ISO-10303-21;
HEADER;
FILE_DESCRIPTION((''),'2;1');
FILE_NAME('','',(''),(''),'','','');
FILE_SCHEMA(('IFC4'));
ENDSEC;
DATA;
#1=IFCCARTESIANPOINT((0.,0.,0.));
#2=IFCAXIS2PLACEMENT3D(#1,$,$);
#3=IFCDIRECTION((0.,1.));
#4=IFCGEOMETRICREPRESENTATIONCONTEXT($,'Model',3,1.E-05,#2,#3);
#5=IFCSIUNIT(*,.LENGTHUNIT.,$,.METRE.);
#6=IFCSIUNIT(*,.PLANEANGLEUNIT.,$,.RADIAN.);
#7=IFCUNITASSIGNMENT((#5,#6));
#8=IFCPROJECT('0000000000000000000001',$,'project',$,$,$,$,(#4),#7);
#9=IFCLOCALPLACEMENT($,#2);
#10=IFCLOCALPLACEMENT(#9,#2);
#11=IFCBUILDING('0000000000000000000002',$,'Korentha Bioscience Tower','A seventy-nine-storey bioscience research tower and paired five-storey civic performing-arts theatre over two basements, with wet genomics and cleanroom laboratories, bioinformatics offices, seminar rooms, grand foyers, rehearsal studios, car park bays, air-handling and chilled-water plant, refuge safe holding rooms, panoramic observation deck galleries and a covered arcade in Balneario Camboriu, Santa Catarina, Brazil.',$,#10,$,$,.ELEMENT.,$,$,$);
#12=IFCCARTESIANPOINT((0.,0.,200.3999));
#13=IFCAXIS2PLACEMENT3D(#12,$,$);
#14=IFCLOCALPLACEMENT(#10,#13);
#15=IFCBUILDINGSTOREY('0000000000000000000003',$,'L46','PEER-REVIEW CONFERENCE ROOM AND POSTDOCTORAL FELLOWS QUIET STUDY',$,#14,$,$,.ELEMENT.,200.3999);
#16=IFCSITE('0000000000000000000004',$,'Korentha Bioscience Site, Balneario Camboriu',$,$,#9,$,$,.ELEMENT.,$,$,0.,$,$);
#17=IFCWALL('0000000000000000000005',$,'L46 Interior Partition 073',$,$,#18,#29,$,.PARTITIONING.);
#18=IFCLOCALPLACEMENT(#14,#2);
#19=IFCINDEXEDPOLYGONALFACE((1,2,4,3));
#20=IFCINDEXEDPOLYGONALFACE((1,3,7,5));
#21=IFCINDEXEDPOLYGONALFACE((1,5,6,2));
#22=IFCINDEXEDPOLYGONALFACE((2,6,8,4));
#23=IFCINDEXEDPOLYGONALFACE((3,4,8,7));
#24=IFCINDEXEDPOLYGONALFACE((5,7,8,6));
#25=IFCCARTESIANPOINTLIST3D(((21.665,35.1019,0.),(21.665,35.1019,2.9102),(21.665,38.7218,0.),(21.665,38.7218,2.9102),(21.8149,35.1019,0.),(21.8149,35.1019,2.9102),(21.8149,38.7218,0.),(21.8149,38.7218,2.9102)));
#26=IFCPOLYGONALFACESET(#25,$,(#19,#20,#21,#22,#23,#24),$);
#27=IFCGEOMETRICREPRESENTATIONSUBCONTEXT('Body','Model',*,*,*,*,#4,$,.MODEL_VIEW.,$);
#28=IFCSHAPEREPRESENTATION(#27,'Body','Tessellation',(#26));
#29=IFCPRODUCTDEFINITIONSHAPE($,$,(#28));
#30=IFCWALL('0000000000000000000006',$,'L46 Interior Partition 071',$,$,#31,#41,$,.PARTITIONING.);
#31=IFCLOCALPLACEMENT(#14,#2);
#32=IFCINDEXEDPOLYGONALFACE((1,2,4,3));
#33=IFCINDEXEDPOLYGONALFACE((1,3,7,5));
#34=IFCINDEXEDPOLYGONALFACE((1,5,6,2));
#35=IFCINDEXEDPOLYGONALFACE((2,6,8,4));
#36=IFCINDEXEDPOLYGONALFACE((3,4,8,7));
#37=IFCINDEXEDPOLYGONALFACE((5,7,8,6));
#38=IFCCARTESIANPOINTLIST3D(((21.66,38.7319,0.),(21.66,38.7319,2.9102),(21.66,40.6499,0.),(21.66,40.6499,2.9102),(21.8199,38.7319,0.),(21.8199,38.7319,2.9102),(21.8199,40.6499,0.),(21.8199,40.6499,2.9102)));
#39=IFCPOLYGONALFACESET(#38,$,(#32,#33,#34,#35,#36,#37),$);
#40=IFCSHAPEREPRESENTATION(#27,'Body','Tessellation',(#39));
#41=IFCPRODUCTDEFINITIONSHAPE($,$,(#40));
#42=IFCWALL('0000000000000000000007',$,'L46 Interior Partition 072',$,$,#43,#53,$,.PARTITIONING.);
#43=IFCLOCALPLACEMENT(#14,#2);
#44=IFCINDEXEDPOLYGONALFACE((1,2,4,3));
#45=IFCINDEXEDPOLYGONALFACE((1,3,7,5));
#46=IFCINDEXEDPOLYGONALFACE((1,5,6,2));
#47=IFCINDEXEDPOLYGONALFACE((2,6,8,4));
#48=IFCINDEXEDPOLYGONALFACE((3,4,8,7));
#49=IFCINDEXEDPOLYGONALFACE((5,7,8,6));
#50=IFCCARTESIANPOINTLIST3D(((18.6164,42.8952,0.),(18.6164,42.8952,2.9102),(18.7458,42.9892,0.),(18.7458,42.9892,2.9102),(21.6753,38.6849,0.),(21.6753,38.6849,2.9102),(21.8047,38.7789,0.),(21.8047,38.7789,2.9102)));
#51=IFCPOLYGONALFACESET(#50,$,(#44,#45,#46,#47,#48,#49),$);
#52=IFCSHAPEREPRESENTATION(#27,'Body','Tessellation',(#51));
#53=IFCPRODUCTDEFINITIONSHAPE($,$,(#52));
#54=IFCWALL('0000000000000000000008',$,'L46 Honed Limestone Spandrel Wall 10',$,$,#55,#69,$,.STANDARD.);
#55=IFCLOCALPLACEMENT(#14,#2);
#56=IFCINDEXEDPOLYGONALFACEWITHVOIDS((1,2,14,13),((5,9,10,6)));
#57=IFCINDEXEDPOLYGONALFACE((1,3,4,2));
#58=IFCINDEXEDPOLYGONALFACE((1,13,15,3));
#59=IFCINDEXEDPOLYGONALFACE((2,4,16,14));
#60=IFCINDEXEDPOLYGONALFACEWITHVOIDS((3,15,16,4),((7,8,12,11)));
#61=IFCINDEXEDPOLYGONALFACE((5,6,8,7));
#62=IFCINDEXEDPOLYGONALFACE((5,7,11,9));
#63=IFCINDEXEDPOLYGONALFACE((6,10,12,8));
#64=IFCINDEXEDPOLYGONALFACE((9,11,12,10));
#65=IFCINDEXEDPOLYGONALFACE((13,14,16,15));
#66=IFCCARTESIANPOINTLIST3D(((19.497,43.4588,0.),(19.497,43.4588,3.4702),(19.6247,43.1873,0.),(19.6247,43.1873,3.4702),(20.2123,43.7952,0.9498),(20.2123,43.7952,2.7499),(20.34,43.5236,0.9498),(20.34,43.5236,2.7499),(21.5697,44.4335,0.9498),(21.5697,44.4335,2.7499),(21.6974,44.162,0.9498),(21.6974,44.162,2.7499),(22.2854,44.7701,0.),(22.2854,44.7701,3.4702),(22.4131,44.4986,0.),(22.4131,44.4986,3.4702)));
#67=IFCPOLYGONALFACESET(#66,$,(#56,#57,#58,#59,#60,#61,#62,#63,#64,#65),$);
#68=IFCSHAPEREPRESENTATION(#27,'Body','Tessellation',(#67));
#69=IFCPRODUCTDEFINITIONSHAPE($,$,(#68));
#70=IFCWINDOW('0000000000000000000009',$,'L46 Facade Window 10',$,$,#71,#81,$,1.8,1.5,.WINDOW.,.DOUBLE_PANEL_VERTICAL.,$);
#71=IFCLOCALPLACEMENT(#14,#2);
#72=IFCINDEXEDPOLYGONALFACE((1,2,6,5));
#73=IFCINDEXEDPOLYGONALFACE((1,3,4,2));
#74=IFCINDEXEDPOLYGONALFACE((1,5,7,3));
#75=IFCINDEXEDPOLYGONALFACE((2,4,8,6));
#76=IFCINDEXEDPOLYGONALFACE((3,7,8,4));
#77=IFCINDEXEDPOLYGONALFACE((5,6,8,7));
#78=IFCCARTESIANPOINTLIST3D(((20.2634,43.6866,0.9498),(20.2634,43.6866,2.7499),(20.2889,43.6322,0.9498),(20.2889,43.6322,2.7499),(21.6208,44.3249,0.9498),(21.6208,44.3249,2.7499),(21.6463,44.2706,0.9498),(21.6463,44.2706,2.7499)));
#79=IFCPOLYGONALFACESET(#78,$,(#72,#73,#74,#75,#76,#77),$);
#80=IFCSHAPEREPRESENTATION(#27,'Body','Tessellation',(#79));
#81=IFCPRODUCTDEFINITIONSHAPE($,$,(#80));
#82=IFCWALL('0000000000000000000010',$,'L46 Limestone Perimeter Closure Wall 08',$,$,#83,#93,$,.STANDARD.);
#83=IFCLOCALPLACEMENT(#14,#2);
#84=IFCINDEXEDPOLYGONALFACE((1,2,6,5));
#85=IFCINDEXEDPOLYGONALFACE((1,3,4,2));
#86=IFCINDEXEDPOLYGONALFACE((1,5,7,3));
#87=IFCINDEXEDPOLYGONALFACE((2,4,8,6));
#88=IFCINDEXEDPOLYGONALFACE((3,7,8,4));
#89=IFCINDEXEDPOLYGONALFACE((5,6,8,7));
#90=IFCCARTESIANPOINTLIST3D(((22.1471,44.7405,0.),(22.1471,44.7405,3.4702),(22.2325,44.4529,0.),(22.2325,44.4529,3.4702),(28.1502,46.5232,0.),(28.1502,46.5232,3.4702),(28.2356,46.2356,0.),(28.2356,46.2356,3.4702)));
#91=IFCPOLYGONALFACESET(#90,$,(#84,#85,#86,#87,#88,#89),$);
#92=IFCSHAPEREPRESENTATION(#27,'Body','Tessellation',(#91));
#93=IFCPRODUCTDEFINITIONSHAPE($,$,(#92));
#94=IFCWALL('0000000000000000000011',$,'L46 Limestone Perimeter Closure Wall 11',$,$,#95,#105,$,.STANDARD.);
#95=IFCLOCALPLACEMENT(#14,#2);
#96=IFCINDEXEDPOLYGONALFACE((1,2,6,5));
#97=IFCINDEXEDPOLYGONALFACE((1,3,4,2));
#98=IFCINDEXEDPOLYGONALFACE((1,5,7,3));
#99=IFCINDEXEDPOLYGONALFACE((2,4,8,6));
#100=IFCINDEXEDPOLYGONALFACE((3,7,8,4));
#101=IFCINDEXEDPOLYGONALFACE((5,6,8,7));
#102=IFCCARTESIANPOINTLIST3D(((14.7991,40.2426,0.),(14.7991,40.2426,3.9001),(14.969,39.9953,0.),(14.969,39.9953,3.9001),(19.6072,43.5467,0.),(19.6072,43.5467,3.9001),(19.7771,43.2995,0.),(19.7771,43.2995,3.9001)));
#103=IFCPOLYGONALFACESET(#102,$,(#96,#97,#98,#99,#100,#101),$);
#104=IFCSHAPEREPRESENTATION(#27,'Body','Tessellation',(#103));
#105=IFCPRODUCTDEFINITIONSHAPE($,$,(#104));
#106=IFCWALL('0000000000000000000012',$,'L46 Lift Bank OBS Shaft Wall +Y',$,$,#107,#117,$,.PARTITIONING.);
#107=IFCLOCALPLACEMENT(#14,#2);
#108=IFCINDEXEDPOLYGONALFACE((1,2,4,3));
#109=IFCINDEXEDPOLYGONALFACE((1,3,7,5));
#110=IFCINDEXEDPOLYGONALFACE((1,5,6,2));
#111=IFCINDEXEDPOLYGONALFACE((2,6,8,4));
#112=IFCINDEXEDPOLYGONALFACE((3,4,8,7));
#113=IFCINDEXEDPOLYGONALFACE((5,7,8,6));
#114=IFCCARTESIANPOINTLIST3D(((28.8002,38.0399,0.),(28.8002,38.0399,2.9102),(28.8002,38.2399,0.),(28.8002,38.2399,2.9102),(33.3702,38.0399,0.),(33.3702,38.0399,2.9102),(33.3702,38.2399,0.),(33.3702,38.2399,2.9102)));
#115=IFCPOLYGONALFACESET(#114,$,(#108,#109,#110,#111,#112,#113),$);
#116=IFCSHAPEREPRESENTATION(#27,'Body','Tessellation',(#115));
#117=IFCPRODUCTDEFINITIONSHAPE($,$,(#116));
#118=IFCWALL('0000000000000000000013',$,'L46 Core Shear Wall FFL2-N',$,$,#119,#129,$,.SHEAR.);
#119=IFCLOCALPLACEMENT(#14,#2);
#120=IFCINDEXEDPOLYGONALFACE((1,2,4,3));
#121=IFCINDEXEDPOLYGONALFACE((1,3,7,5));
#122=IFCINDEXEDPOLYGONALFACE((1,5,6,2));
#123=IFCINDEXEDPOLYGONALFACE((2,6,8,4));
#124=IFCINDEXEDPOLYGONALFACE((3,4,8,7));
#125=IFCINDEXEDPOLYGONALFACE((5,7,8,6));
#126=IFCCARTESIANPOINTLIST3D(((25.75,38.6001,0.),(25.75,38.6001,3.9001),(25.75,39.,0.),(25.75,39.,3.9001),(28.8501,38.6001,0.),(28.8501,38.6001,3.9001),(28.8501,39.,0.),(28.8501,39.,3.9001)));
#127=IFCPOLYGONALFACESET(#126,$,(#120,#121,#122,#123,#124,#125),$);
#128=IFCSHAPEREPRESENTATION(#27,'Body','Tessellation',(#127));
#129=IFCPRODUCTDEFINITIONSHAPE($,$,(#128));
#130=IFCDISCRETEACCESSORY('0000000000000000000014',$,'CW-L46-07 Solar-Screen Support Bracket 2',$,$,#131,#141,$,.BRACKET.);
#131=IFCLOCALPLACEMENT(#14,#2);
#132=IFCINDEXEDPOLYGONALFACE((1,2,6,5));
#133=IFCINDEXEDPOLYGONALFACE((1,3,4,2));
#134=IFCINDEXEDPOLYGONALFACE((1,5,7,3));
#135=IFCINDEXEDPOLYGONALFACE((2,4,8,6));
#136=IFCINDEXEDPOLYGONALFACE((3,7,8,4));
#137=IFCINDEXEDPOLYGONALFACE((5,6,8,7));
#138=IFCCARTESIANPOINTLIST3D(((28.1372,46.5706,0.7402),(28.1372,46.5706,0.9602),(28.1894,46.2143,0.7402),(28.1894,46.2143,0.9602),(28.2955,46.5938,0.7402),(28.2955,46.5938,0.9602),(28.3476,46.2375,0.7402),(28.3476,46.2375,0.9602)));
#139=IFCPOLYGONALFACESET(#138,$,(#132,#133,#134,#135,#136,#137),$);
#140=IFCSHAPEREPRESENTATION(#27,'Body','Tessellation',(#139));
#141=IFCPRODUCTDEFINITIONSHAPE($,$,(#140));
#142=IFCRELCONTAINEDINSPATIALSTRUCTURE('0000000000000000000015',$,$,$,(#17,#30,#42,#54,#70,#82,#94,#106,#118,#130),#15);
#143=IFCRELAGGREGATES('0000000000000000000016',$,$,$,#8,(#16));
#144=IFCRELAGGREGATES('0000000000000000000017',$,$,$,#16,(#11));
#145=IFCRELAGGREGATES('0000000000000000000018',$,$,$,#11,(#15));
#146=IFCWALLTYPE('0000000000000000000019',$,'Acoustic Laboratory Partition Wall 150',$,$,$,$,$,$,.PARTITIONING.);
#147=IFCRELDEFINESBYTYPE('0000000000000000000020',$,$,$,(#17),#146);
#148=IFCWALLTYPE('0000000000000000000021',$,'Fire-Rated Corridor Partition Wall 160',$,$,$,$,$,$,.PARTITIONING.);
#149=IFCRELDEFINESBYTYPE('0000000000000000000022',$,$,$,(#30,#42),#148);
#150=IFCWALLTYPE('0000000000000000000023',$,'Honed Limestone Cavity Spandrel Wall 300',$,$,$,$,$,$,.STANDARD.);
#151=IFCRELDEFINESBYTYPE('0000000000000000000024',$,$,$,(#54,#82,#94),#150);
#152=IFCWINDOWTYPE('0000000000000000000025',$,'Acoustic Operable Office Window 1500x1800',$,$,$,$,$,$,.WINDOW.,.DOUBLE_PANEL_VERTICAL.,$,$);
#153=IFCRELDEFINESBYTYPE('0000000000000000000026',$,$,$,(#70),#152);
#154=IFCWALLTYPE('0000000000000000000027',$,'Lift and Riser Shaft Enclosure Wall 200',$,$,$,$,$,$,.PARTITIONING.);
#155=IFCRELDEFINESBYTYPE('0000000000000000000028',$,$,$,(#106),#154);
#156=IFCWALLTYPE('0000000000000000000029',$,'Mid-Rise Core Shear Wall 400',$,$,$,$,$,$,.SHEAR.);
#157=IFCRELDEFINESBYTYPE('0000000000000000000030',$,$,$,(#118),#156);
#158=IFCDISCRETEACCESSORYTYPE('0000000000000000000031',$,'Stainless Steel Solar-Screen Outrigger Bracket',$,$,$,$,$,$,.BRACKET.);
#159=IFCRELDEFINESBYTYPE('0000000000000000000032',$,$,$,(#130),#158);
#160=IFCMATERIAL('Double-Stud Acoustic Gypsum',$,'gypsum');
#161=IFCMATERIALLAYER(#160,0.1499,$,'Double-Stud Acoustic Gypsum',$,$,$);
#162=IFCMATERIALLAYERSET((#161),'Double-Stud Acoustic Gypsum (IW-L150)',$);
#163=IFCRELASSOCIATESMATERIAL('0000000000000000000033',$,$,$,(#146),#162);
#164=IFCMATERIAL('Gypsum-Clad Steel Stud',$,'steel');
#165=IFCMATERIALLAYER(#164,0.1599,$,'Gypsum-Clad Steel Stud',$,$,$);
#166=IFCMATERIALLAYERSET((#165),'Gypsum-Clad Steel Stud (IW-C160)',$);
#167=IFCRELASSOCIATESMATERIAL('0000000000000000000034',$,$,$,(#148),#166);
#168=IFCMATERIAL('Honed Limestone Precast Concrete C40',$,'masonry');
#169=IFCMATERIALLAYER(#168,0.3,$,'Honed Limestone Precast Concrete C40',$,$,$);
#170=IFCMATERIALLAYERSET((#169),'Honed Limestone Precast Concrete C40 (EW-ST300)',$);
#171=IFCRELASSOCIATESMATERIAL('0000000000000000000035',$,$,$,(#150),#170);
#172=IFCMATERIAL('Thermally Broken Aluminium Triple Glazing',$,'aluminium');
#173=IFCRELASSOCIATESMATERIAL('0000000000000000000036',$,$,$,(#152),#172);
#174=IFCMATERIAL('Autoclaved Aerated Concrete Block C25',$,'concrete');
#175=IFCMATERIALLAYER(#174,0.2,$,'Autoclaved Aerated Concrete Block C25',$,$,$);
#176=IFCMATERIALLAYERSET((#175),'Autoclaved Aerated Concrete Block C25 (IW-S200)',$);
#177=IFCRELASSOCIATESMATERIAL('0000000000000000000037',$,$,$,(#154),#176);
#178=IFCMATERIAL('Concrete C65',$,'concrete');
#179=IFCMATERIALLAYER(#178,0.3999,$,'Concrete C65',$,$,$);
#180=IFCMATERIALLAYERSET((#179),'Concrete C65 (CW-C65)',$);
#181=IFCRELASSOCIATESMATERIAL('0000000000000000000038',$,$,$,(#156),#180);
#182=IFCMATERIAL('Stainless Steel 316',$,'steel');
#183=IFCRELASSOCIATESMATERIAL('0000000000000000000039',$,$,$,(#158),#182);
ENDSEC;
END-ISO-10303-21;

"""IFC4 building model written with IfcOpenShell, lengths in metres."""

from ifc_helpers import new_model, si_unit, direction, frame, frame_2d, origin, origin_2d, place, context, subcontext, project, spatial, rectangle, extrude, material, layer, layer_set, type_object, element, fill, save


model = new_model("IFC4")

# Units and contexts
model_context = context("Model", 3, precision=1e-05, world=origin(), true_north=direction((0.0, 1.0)))
body_context = subcontext(model_context, "Body", "Model", "MODEL_VIEW")
ifc_project = project(units=[si_unit("LENGTHUNIT", "METRE"), si_unit("PLANEANGLEUNIT", "RADIAN")], contexts=[model_context])

# Site, building, storey
site_placement = place(None, origin())
site = spatial("IfcSite", under=ifc_project, at=site_placement, Name="Korentha Bioscience Site, Balneario Camboriu", CompositionType="ELEMENT", RefElevation=0.0)
building_placement = place(site_placement, origin())
building = spatial("IfcBuilding", under=site, at=building_placement, Name="Korentha Bioscience Tower", Description="A seventy-nine-storey bioscience research tower and paired five-storey civic performing-arts theatre over two basements, with wet genomics and cleanroom laboratories, bioinformatics offices, seminar rooms, grand foyers, rehearsal studios, car park bays, air-handling and chilled-water plant, refuge safe holding rooms, panoramic observation deck galleries and a covered arcade in Balneario Camboriu, Santa Catarina, Brazil.", CompositionType="ELEMENT")
storey_placement = place(building_placement, frame((0.0, 0.0, 200.3999)))
storey = spatial("IfcBuildingStorey", under=building, at=storey_placement, Name="L46", Description="PEER-REVIEW CONFERENCE ROOM AND POSTDOCTORAL FELLOWS QUIET STUDY", CompositionType="ELEMENT", Elevation=200.3999)

# Shared definitions
ifc_material_1 = material(Name="Concrete C65", Category="concrete")

# Wall
ifc_material_2 = material(Name="Double-Stud Acoustic Gypsum", Category="gypsum")
ifc_layer_1 = layer(ifc_material_2, 0.1499, Name="Double-Stud Acoustic Gypsum")
ifc_layer_set_1 = layer_set([ifc_layer_1], Name="Double-Stud Acoustic Gypsum (IW-L150)")
wall_type_1 = type_object("IfcWallType", Name="Acoustic Laboratory Partition Wall 150", PredefinedType="PARTITIONING", material=ifc_layer_set_1)
wall_1_placement = place(storey_placement, frame((21.74, 38.7219, 0.0), z_axis=(0.0, 0.0, 1.0), x_axis=(0.0, -1.0, 0.0)))
element("IfcWall", 1, at=wall_1_placement, inside=storey, type_object=wall_type_1, Name="L46 Interior Partition 073", PredefinedType="PARTITIONING", context=body_context, shape_type="SweptSolid", body=[
    extrude(rectangle(XDim=3.6199, YDim=0.1499, at=frame_2d((1.8101, 0.0))), origin(), (0.0, 0.0, 1.0), 2.9102),
])

# Shared definitions
ifc_material_3 = material(Name="Gypsum-Clad Steel Stud", Category="steel")
ifc_layer_2 = layer(ifc_material_3, 0.1599, Name="Gypsum-Clad Steel Stud")
ifc_layer_set_2 = layer_set([ifc_layer_2], Name="Gypsum-Clad Steel Stud (IW-C160)")
wall_type_2 = type_object("IfcWallType", Name="Fire-Rated Corridor Partition Wall 160", PredefinedType="PARTITIONING", material=ifc_layer_set_2)

# Walls
wall_2_placement = place(storey_placement, frame((21.74, 40.6499, 0.0), z_axis=(0.0, 0.0, 1.0), x_axis=(0.0, -1.0, 0.0)))
element("IfcWall", 2, at=wall_2_placement, inside=storey, type_object=wall_type_2, Name="L46 Interior Partition 071", PredefinedType="PARTITIONING", context=body_context, shape_type="SweptSolid", body=[
    extrude(rectangle(XDim=1.918, YDim=0.1599, at=frame_2d((0.959, 0.0))), origin(), (0.0, 0.0, 1.0), 2.9102),
])
wall_3_placement = place(storey_placement, frame((21.74, 38.7319, 0.0), z_axis=(0.0, 0.0, 1.0), x_axis=(-0.587778, 0.809022, 0.0)))
element("IfcWall", 3, at=wall_3_placement, inside=storey, type_object=wall_type_2, Name="L46 Interior Partition 072", PredefinedType="PARTITIONING", context=body_context, shape_type="SweptSolid", body=[
    extrude(rectangle(XDim=5.2041, YDim=0.1599, at=frame_2d((2.6021, 0.0))), origin(), (0.0, 0.0, 1.0), 2.9102),
])

# Wall, opening, window
ifc_material_4 = material(Name="Honed Limestone Precast Concrete C40", Category="masonry")
ifc_layer_3 = layer(ifc_material_4, 0.3, Name="Honed Limestone Precast Concrete C40")
ifc_layer_set_3 = layer_set([ifc_layer_3], Name="Honed Limestone Precast Concrete C40 (EW-ST300)")
wall_type_3 = type_object("IfcWallType", Name="Honed Limestone Cavity Spandrel Wall 300", PredefinedType="STANDARD", material=ifc_layer_set_3)
wall_4_placement = place(storey_placement, frame((22.3491, 44.6343, 0.0), z_axis=(0.0, 0.0, 1.0), x_axis=(-0.904928, -0.425564, 0.0)))
wall_4 = element("IfcWall", 4, at=wall_4_placement, inside=storey, type_object=wall_type_3, Name="L46 Honed Limestone Spandrel Wall 10", PredefinedType="STANDARD", context=body_context, shape_type="SweptSolid", body=[
    extrude(rectangle(XDim=3.0813, YDim=0.3, at=frame_2d((1.5405, 0.0))), origin(), (0.0, 0.0, 1.0), 3.4702),
])
opening_1_placement = place(wall_4_placement, frame((0.7908, 0.0, 0.95)))
opening_1 = element("IfcOpeningElement", 5, at=opening_1_placement, cuts=wall_4, PredefinedType="OPENING", context=body_context, shape_type="SweptSolid", body=[
    extrude(rectangle(XDim=1.5, YDim=1.8, at=frame_2d((0.75, 0.8999))), frame((0.0, 0.165, 0.0), z_axis=(0.0, -1.0, 0.0), x_axis=(1.0, 0.0, 0.0)), (0.0, 0.0, 1.0), 0.3298),
])
ifc_material_5 = material(Name="Thermally Broken Aluminium Triple Glazing", Category="aluminium")
window_type = type_object("IfcWindowType", Name="Acoustic Operable Office Window 1500x1800", PartitioningType="DOUBLE_PANEL_VERTICAL", PredefinedType="WINDOW", material=ifc_material_5)
window_placement = place(opening_1_placement, origin())
window = element("IfcWindow", 6, at=window_placement, inside=storey, type_object=window_type, Name="L46 Facade Window 10", OverallHeight=1.8, OverallWidth=1.5, PartitioningType="DOUBLE_PANEL_VERTICAL", PredefinedType="WINDOW", context=body_context, shape_type="SweptSolid", body=[
    extrude(rectangle(XDim=1.5, YDim=1.8, at=frame_2d((0.75, 0.8999))), frame((0.0, 0.03, 0.0), z_axis=(0.0, -1.0, 0.0), x_axis=(1.0, 0.0, 0.0)), (0.0, 0.0, 1.0), 0.0601),
])
fill(opening_1, window)

# Walls
wall_5_placement = place(storey_placement, frame((28.1929, 46.3794, 0.0), z_axis=(0.0, 0.0, 1.0), x_axis=(-0.958624, -0.284675, 0.0)))
element("IfcWall", 7, at=wall_5_placement, inside=storey, type_object=wall_type_3, Name="L46 Limestone Perimeter Closure Wall 08", PredefinedType="STANDARD", context=body_context, shape_type="SweptSolid", body=[
    extrude(rectangle(XDim=6.2622, YDim=0.3, at=frame_2d((3.1311, 0.0))), origin(), (0.0, 0.0, 1.0), 3.4702),
])
wall_6_placement = place(storey_placement, frame((19.6921, 43.4231, 0.0), z_axis=(0.0, 0.0, 1.0), x_axis=(-0.824152, -0.566369, 0.0)))
element("IfcWall", 8, at=wall_6_placement, inside=storey, type_object=wall_type_3, Name="L46 Limestone Perimeter Closure Wall 11", PredefinedType="STANDARD", context=body_context, shape_type="SweptSolid", body=[
    extrude(rectangle(XDim=5.834, YDim=0.3, at=frame_2d((2.917, 0.0))), origin(), (0.0, 0.0, 1.0), 3.9001),
])
ifc_material_6 = material(Name="Autoclaved Aerated Concrete Block C25", Category="concrete")
ifc_layer_4 = layer(ifc_material_6, 0.2, Name="Autoclaved Aerated Concrete Block C25")
ifc_layer_set_4 = layer_set([ifc_layer_4], Name="Autoclaved Aerated Concrete Block C25 (IW-S200)")
wall_type_4 = type_object("IfcWallType", Name="Lift and Riser Shaft Enclosure Wall 200", PredefinedType="PARTITIONING", material=ifc_layer_set_4)
wall_7_placement = place(storey_placement, frame((28.8, 38.1399, 0.0), z_axis=(0.0, 0.0, 1.0), x_axis=(1.0, 0.0, 0.0)))
element("IfcWall", 9, at=wall_7_placement, inside=storey, type_object=wall_type_4, Name="L46 Lift Bank OBS Shaft Wall +Y", PredefinedType="PARTITIONING", context=body_context, shape_type="SweptSolid", body=[
    extrude(rectangle(XDim=4.5701, YDim=0.2, at=frame_2d((2.2852, 0.0))), origin(), (0.0, 0.0, 1.0), 2.9102),
])
ifc_layer_5 = layer(ifc_material_1, 0.3999, Name="Concrete C65")
ifc_layer_set_5 = layer_set([ifc_layer_5], Name="Concrete C65 (CW-C65)")
wall_type_5 = type_object("IfcWallType", Name="Mid-Rise Core Shear Wall 400", PredefinedType="SHEAR", material=ifc_layer_set_5)
wall_8_placement = place(storey_placement, frame((25.75, 38.8, 0.0), z_axis=(0.0, 0.0, 1.0), x_axis=(1.0, 0.0, 0.0)))
element("IfcWall", 10, at=wall_8_placement, inside=storey, type_object=wall_type_5, Name="L46 Core Shear Wall FFL2-N", PredefinedType="SHEAR", context=body_context, shape_type="SweptSolid", body=[
    extrude(rectangle(XDim=3.1001, YDim=0.3999, at=frame_2d((1.55, 0.0))), origin(), (0.0, 0.0, 1.0), 3.9001),
])

# Discrete accessory
ifc_material_7 = material(Name="Stainless Steel 316", Category="steel")
discrete_accessory_type = type_object("IfcDiscreteAccessoryType", Name="Stainless Steel Solar-Screen Outrigger Bracket", PredefinedType="BRACKET", material=ifc_material_7)
discrete_accessory_placement = place(storey_placement, frame((28.2424, 46.4041, 0.7402), z_axis=(0.0, 0.0, 1.0), x_axis=(-0.989449, -0.144878, 0.0)))
element("IfcDiscreteAccessory", 11, at=discrete_accessory_placement, inside=storey, type_object=discrete_accessory_type, Name="CW-L46-07 Solar-Screen Support Bracket 2", PredefinedType="BRACKET", context=body_context, shape_type="SweptSolid", body=[
    extrude(rectangle(XDim=0.1599, YDim=0.3601, at=origin_2d()), origin(), (0.0, 0.0, 1.0), 0.22),
])

save(model, "model.ifc")
